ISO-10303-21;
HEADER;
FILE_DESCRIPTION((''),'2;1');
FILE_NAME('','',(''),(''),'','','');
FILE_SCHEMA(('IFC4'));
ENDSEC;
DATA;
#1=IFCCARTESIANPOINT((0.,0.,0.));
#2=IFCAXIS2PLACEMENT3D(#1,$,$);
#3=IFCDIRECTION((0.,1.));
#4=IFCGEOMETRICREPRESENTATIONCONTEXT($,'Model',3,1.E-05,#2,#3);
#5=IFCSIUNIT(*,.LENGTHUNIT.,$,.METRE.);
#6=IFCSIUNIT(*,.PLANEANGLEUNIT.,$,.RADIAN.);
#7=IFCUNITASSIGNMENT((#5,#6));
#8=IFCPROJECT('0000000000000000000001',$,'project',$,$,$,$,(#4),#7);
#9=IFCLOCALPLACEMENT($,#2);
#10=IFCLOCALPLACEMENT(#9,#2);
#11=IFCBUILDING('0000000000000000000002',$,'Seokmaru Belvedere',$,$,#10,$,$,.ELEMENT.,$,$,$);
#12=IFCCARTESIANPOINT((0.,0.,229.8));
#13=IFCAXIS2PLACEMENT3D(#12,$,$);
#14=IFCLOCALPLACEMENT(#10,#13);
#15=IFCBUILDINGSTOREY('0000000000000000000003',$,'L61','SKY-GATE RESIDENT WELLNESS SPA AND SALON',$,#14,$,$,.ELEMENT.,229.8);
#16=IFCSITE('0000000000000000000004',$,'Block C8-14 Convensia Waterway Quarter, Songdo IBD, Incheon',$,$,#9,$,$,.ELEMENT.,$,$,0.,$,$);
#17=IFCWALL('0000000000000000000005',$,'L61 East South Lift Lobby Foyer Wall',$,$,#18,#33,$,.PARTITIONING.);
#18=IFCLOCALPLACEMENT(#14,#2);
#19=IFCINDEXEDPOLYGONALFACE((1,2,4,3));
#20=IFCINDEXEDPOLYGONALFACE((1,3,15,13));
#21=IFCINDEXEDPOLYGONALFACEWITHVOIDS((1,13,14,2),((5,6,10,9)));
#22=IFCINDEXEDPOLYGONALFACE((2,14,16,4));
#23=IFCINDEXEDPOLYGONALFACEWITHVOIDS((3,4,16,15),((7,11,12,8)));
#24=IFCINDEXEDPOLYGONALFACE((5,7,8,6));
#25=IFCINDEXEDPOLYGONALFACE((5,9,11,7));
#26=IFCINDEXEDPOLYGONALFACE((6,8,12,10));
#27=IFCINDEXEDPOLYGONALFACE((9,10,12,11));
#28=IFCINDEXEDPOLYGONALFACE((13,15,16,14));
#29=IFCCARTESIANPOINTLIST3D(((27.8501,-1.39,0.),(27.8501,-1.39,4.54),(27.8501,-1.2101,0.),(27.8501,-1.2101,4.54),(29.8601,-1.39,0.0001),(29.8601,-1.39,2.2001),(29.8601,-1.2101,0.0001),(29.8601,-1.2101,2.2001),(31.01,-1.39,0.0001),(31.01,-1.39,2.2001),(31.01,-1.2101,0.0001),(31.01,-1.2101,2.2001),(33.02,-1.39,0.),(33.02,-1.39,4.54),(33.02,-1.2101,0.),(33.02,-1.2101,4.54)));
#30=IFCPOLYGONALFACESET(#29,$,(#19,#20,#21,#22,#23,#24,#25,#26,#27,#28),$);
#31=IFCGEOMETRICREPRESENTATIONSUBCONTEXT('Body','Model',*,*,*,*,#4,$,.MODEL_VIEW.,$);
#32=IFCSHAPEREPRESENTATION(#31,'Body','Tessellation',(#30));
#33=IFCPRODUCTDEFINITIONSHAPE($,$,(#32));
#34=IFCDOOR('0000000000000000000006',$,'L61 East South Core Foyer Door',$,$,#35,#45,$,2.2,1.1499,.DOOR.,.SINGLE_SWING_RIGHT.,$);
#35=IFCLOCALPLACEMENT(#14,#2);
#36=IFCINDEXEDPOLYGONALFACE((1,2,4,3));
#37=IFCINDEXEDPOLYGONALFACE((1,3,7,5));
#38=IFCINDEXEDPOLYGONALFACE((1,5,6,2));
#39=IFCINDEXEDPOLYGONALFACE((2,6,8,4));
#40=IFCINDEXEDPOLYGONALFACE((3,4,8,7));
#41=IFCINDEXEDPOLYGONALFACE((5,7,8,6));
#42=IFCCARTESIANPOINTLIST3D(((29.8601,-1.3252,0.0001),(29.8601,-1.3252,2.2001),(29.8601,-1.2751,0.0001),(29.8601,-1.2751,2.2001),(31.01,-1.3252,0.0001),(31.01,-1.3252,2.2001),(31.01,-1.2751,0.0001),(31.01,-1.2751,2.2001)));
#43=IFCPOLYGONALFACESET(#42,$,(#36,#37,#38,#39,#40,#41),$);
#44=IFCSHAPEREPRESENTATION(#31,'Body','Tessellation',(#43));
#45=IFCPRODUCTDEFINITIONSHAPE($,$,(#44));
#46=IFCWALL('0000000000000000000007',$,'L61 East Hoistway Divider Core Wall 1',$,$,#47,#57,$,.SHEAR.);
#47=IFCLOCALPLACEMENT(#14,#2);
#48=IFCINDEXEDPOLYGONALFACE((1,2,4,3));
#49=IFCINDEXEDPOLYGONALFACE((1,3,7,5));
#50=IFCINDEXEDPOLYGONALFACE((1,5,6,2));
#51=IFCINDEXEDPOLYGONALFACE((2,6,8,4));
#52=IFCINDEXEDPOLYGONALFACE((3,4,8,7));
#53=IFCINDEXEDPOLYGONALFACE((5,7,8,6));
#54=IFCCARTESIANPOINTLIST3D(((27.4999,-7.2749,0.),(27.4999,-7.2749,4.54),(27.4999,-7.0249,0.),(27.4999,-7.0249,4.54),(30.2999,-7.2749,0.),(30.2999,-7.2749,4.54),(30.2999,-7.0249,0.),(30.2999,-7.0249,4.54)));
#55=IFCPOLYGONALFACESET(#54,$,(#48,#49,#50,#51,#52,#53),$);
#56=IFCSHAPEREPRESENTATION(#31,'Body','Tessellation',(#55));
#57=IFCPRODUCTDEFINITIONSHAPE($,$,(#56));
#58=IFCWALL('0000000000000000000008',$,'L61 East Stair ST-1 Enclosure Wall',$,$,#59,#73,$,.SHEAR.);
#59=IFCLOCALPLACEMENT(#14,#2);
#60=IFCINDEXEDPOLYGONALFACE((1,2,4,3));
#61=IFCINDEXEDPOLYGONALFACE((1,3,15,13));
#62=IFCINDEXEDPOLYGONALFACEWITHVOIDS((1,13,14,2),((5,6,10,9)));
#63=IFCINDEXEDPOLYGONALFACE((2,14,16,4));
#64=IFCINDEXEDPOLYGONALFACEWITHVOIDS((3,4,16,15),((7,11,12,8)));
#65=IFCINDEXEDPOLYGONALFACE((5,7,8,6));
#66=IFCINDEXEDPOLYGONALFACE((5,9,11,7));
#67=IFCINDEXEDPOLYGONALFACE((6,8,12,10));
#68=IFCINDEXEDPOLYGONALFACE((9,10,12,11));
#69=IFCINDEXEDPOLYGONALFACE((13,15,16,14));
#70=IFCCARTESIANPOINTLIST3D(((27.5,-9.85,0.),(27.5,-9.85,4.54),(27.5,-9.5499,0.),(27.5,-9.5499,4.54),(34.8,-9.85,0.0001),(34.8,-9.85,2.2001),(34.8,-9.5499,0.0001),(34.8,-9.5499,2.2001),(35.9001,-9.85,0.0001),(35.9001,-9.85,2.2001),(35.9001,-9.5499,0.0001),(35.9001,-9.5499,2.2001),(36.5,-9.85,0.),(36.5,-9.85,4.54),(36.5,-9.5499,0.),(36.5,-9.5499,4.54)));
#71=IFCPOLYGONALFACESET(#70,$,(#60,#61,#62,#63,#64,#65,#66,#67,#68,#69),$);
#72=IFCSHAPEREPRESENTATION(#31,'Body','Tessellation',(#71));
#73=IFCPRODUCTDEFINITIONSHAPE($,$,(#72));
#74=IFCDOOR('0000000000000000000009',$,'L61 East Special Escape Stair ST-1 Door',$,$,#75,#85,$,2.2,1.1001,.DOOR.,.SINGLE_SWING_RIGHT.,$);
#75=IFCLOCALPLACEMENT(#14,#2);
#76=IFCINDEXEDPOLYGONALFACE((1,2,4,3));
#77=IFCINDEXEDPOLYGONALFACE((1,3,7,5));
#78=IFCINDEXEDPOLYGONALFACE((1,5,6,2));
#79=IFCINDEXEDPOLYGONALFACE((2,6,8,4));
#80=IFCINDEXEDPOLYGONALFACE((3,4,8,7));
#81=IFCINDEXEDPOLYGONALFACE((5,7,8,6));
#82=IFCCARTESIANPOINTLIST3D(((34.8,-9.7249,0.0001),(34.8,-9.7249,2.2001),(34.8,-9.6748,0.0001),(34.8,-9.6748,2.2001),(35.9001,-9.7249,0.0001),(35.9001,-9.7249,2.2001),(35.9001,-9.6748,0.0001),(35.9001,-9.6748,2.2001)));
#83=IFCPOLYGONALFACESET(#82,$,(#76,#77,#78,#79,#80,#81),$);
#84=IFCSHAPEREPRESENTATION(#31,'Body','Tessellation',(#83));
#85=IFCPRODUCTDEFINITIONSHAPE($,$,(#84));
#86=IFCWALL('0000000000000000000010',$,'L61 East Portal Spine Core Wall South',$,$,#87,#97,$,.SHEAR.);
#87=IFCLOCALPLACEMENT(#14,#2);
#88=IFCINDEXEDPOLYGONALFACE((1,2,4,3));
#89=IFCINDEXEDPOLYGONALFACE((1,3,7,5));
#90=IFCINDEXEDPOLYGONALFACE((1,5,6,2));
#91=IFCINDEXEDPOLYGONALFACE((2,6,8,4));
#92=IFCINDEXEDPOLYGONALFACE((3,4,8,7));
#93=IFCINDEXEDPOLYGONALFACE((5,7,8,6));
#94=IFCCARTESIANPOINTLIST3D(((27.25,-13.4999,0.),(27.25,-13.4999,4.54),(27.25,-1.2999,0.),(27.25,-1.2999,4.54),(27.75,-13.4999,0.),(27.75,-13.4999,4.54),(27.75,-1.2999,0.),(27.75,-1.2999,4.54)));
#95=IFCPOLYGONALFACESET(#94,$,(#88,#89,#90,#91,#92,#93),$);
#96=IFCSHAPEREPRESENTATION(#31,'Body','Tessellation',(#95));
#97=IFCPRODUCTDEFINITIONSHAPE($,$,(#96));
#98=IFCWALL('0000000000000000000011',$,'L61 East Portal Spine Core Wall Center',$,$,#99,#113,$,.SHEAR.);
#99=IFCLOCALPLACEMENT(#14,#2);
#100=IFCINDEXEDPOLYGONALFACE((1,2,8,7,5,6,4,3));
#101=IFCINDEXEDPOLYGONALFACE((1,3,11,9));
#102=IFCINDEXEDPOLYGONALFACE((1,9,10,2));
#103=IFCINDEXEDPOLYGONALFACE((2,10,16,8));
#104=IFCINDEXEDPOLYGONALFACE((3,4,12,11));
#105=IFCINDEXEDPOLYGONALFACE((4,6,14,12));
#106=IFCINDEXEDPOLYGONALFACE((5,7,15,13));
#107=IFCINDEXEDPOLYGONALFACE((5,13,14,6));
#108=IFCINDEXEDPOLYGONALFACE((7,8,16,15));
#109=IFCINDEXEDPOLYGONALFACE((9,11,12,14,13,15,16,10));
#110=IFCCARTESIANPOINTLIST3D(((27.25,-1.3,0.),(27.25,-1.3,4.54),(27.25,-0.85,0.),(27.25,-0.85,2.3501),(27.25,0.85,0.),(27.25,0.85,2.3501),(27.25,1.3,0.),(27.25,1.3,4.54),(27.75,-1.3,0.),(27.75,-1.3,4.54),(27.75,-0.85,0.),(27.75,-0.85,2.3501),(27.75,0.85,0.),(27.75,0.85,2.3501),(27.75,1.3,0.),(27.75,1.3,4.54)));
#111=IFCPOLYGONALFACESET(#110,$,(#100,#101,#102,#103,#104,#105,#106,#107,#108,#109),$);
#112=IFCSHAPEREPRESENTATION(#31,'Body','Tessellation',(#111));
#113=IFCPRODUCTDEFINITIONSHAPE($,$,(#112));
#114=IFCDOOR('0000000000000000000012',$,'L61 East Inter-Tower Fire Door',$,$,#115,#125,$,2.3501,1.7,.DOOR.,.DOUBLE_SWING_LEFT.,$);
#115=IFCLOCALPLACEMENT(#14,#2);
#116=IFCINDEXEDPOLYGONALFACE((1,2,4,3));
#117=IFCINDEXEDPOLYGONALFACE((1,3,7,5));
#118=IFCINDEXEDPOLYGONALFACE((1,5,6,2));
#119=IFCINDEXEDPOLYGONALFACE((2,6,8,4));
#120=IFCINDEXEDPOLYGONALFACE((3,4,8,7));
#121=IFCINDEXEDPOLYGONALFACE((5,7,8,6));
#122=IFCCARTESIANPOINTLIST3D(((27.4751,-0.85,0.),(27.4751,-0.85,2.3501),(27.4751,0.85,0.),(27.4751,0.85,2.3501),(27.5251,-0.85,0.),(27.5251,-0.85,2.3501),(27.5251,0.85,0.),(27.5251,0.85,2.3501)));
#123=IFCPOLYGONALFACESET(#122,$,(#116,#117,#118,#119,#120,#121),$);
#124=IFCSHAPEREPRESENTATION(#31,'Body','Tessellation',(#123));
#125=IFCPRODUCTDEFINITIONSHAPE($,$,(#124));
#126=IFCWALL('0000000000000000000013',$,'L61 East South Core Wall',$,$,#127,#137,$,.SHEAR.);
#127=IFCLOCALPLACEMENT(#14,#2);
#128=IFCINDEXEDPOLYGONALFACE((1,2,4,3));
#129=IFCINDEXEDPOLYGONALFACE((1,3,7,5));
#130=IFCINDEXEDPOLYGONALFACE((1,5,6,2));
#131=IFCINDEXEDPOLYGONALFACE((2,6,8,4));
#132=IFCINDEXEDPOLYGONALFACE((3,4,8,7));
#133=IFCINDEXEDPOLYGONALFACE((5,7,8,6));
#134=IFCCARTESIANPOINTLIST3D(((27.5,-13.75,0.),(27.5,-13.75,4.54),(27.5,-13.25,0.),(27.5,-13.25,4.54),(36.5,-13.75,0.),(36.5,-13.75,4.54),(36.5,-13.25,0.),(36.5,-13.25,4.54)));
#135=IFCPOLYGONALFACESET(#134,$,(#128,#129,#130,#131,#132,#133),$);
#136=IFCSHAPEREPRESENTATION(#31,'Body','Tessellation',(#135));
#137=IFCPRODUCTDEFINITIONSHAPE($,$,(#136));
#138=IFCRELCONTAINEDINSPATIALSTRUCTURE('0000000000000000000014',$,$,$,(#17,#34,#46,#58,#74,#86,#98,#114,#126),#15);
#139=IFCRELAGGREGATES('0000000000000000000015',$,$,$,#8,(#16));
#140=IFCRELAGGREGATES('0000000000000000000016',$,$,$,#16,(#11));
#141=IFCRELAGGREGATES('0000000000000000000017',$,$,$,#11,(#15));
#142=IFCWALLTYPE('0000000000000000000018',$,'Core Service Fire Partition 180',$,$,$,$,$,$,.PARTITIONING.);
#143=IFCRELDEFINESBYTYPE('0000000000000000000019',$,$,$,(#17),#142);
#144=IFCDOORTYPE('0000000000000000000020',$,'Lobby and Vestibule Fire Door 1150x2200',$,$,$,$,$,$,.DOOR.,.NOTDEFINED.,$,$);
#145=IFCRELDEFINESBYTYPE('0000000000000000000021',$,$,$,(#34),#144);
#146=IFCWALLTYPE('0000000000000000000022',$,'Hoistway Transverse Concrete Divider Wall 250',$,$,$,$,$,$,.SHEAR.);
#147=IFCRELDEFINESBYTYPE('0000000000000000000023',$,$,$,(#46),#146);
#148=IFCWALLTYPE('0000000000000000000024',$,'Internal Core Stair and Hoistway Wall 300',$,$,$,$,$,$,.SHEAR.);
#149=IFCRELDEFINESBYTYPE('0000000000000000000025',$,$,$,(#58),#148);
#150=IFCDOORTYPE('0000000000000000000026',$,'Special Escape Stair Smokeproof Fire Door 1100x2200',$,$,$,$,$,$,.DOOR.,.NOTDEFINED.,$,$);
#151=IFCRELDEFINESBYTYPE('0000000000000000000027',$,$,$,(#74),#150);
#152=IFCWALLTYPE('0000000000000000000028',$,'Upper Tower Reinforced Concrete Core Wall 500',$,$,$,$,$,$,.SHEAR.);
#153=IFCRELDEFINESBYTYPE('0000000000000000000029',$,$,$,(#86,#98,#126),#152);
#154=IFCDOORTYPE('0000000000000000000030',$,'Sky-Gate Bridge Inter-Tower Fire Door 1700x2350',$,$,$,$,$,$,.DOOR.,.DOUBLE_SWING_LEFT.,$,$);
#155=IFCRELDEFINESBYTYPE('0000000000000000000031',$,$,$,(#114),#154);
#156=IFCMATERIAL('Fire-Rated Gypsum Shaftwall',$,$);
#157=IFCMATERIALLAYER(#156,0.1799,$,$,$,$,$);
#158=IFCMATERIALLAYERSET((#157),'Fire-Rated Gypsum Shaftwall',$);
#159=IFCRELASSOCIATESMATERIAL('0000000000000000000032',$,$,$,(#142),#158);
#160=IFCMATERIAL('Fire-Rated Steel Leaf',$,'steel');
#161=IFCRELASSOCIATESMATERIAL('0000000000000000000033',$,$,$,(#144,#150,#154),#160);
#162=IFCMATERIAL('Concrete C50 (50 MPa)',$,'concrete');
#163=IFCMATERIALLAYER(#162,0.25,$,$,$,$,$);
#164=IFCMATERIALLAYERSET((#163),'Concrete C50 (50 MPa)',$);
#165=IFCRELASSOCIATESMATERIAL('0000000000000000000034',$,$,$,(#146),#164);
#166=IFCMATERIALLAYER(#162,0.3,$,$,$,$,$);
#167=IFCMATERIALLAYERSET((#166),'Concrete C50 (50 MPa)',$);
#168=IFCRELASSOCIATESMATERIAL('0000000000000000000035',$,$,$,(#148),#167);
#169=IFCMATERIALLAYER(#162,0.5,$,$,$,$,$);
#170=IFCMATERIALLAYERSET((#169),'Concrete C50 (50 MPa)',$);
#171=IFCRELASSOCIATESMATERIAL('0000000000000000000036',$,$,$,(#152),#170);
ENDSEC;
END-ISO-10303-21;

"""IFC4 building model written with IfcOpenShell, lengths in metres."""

from ifc_helpers import new_model, si_unit, direction, frame, frame_2d, origin, place, context, subcontext, project, spatial, rectangle, extrude, source, transform, mapped, material, layer, layer_set, type_object, type_shapes, element, fill, save


model = new_model("IFC4")

# Units and contexts
model_context = context("Model", 3, precision=1e-05, world=origin(), true_north=direction((0.0, 1.0)))
body_context = subcontext(model_context, "Body", "Model", "MODEL_VIEW")
ifc_project = project(units=[si_unit("LENGTHUNIT", "METRE"), si_unit("PLANEANGLEUNIT", "RADIAN")], contexts=[model_context])

# Site, building, storey
site_placement = place(None, origin())
site = spatial("IfcSite", under=ifc_project, at=site_placement, Name="Block C8-14 Convensia Waterway Quarter, Songdo IBD, Incheon", CompositionType="ELEMENT", RefElevation=0.0)
building_placement = place(site_placement, origin())
building = spatial("IfcBuilding", under=site, at=building_placement, Name="Seokmaru Belvedere", CompositionType="ELEMENT")
storey_placement = place(building_placement, frame((0.0, 0.0, 229.8)))
storey = spatial("IfcBuildingStorey", under=building, at=storey_placement, Name="L61", Description="SKY-GATE RESIDENT WELLNESS SPA AND SALON", CompositionType="ELEMENT", Elevation=229.8)

# Wall, opening, door
ifc_material_1 = material(Name="Fire-Rated Gypsum Shaftwall")
ifc_layer_1 = layer(ifc_material_1, 0.1799)
ifc_layer_set_1 = layer_set([ifc_layer_1], Name="Fire-Rated Gypsum Shaftwall")
wall_type_1 = type_object("IfcWallType", Name="Core Service Fire Partition 180", PredefinedType="PARTITIONING", material=ifc_layer_set_1)
wall_1_placement = place(storey_placement, frame((27.8501, -1.3, 0.0), z_axis=(0.0, 0.0, 1.0), x_axis=(1.0, 0.0, 0.0)))
wall_1 = element("IfcWall", 1, at=wall_1_placement, inside=storey, type_object=wall_type_1, Name="L61 East South Lift Lobby Foyer Wall", PredefinedType="PARTITIONING", context=body_context, shape_type="SweptSolid", body=[
    extrude(rectangle(XDim=5.1699, YDim=0.1799, at=frame_2d((2.585, 0.0))), origin(), (0.0, 0.0, 1.0), 4.54),
])
opening_1_placement = place(wall_1_placement, frame((2.01, 0.0, 0.0)))
opening_1 = element("IfcOpeningElement", 2, at=opening_1_placement, cuts=wall_1, PredefinedType="OPENING", context=body_context, shape_type="SweptSolid", body=[
    extrude(rectangle(XDim=1.1499, YDim=2.2, at=frame_2d((0.575, 1.1001))), frame((0.0, 0.1001, 0.0), z_axis=(0.0, -1.0, 0.0), x_axis=(1.0, 0.0, 0.0)), (0.0, 0.0, 1.0), 0.2),
])
ifc_material_2 = material(Name="Fire-Rated Steel Leaf", Category="steel")
door_type_1 = type_object("IfcDoorType", Name="Lobby and Vestibule Fire Door 1150x2200", OperationType="NOTDEFINED", PredefinedType="DOOR", material=ifc_material_2)
shared_shape_1 = source(origin(), body_context, "Body", "SweptSolid", [
    extrude(rectangle(XDim=1.1499, YDim=2.2, at=frame_2d((0.575, 1.1001))), frame((0.0, 0.0249, 0.0), z_axis=(0.0, -1.0, 0.0), x_axis=(1.0, 0.0, 0.0)), (0.0, 0.0, 1.0), 0.05),
])
type_shapes(door_type_1, [shared_shape_1])
door_1_placement = place(opening_1_placement, origin())
door_1 = element("IfcDoor", 3, at=door_1_placement, inside=storey, type_object=door_type_1, Name="L61 East South Core Foyer Door", OperationType="SINGLE_SWING_RIGHT", OverallHeight=2.2, OverallWidth=1.1499, PredefinedType="DOOR", context=body_context, shape_type="MappedRepresentation", body=[
    mapped(shared_shape_1, transform((0.0, 0.0, 0.0), scale=1.0)),
])
fill(opening_1, door_1)

# Wall
ifc_material_3 = material(Name="Concrete C50 (50 MPa)", Category="concrete")
ifc_layer_2 = layer(ifc_material_3, 0.25)
ifc_layer_set_2 = layer_set([ifc_layer_2], Name="Concrete C50 (50 MPa)")
wall_type_2 = type_object("IfcWallType", Name="Hoistway Transverse Concrete Divider Wall 250", PredefinedType="SHEAR", material=ifc_layer_set_2)
wall_2_placement = place(storey_placement, frame((27.5, -7.1499, 0.0), z_axis=(0.0, 0.0, 1.0), x_axis=(1.0, 0.0, 0.0)))
element("IfcWall", 4, at=wall_2_placement, inside=storey, type_object=wall_type_2, Name="L61 East Hoistway Divider Core Wall 1", PredefinedType="SHEAR", context=body_context, shape_type="SweptSolid", body=[
    extrude(rectangle(XDim=2.8, YDim=0.25, at=frame_2d((1.3999, 0.0))), origin(), (0.0, 0.0, 1.0), 4.54),
])

# Wall, opening, door
ifc_layer_3 = layer(ifc_material_3, 0.3)
ifc_layer_set_3 = layer_set([ifc_layer_3], Name="Concrete C50 (50 MPa)")
wall_type_3 = type_object("IfcWallType", Name="Internal Core Stair and Hoistway Wall 300", PredefinedType="SHEAR", material=ifc_layer_set_3)
wall_3_placement = place(storey_placement, frame((27.5, -9.7, 0.0), z_axis=(0.0, 0.0, 1.0), x_axis=(1.0, 0.0, 0.0)))
wall_3 = element("IfcWall", 5, at=wall_3_placement, inside=storey, type_object=wall_type_3, Name="L61 East Stair ST-1 Enclosure Wall", PredefinedType="SHEAR", context=body_context, shape_type="SweptSolid", body=[
    extrude(rectangle(XDim=9.0, YDim=0.3, at=frame_2d((4.5, 0.0))), origin(), (0.0, 0.0, 1.0), 4.54),
])
opening_2_placement = place(wall_3_placement, frame((7.3, 0.0, 0.0)))
opening_2 = element("IfcOpeningElement", 6, at=opening_2_placement, cuts=wall_3, PredefinedType="OPENING", context=body_context, shape_type="SweptSolid", body=[
    extrude(rectangle(XDim=1.1001, YDim=2.2, at=frame_2d((0.55, 1.1001))), frame((0.0, 0.1602, 0.0), z_axis=(0.0, -1.0, 0.0), x_axis=(1.0, 0.0, 0.0)), (0.0, 0.0, 1.0), 0.3201),
])
door_type_2 = type_object("IfcDoorType", Name="Special Escape Stair Smokeproof Fire Door 1100x2200", OperationType="NOTDEFINED", PredefinedType="DOOR", material=ifc_material_2)
shared_shape_2 = source(origin(), body_context, "Body", "SweptSolid", [
    extrude(rectangle(XDim=1.1001, YDim=2.2, at=frame_2d((0.55, 1.1001))), frame((0.0, 0.0249, 0.0), z_axis=(0.0, -1.0, 0.0), x_axis=(1.0, 0.0, 0.0)), (0.0, 0.0, 1.0), 0.05),
])
type_shapes(door_type_2, [shared_shape_2])
door_2_placement = place(opening_2_placement, frame((1.1001, 0.0, 0.0), z_axis=(0.0, 0.0, 1.0), x_axis=(-1.0, 0.0, 0.0)))
door_2 = element("IfcDoor", 7, at=door_2_placement, inside=storey, type_object=door_type_2, Name="L61 East Special Escape Stair ST-1 Door", OperationType="SINGLE_SWING_RIGHT", OverallHeight=2.2, OverallWidth=1.1001, PredefinedType="DOOR", context=body_context, shape_type="MappedRepresentation", body=[
    mapped(shared_shape_2, transform((0.0, 0.0, 0.0), scale=1.0)),
])
fill(opening_2, door_2)

# Wall
ifc_layer_4 = layer(ifc_material_3, 0.5)
ifc_layer_set_4 = layer_set([ifc_layer_4], Name="Concrete C50 (50 MPa)")
wall_type_4 = type_object("IfcWallType", Name="Upper Tower Reinforced Concrete Core Wall 500", PredefinedType="SHEAR", material=ifc_layer_set_4)
wall_4_placement = place(storey_placement, frame((27.5, -13.5, 0.0), z_axis=(0.0, 0.0, 1.0), x_axis=(0.0, 1.0, 0.0)))
element("IfcWall", 8, at=wall_4_placement, inside=storey, type_object=wall_type_4, Name="L61 East Portal Spine Core Wall South", PredefinedType="SHEAR", context=body_context, shape_type="SweptSolid", body=[
    extrude(rectangle(XDim=12.2, YDim=0.5, at=frame_2d((6.1001, 0.0))), origin(), (0.0, 0.0, 1.0), 4.54),
])

# Wall, opening, door
wall_5_placement = place(storey_placement, frame((27.5, -1.3, 0.0), z_axis=(0.0, 0.0, 1.0), x_axis=(0.0, 1.0, 0.0)))
wall_5 = element("IfcWall", 9, at=wall_5_placement, inside=storey, type_object=wall_type_4, Name="L61 East Portal Spine Core Wall Center", PredefinedType="SHEAR", context=body_context, shape_type="SweptSolid", body=[
    extrude(rectangle(XDim=2.6001, YDim=0.5, at=frame_2d((1.3, 0.0))), origin(), (0.0, 0.0, 1.0), 4.54),
])
opening_3_placement = place(wall_5_placement, frame((0.45, 0.0, 0.0)))
opening_3 = element("IfcOpeningElement", 10, at=opening_3_placement, cuts=wall_5, PredefinedType="OPENING", context=body_context, shape_type="SweptSolid", body=[
    extrude(rectangle(XDim=1.7, YDim=2.3501, at=frame_2d((0.8501, 1.175))), frame((0.0, 0.26, 0.0), z_axis=(0.0, -1.0, 0.0), x_axis=(1.0, 0.0, 0.0)), (0.0, 0.0, 1.0), 0.52),
])
door_type_3 = type_object("IfcDoorType", Name="Sky-Gate Bridge Inter-Tower Fire Door 1700x2350", OperationType="DOUBLE_SWING_LEFT", PredefinedType="DOOR", material=ifc_material_2)
shared_shape_3 = source(origin(), body_context, "Body", "SweptSolid", [
    extrude(rectangle(XDim=1.7, YDim=2.3501, at=frame_2d((0.8501, 1.175))), frame((0.0, 0.0249, 0.0), z_axis=(0.0, -1.0, 0.0), x_axis=(1.0, 0.0, 0.0)), (0.0, 0.0, 1.0), 0.05),
])
type_shapes(door_type_3, [shared_shape_3])
door_3_placement = place(opening_3_placement, origin())
door_3 = element("IfcDoor", 11, at=door_3_placement, inside=storey, type_object=door_type_3, Name="L61 East Inter-Tower Fire Door", OperationType="DOUBLE_SWING_LEFT", OverallHeight=2.3501, OverallWidth=1.7, PredefinedType="DOOR", context=body_context, shape_type="MappedRepresentation", body=[
    mapped(shared_shape_3, transform((0.0, 0.0, 0.0), scale=1.0)),
])
fill(opening_3, door_3)

# Wall
wall_6_placement = place(storey_placement, frame((27.5, -13.5, 0.0), z_axis=(0.0, 0.0, 1.0), x_axis=(1.0, 0.0, 0.0)))
element("IfcWall", 12, at=wall_6_placement, inside=storey, type_object=wall_type_4, Name="L61 East South Core Wall", PredefinedType="SHEAR", context=body_context, shape_type="SweptSolid", body=[
    extrude(rectangle(XDim=9.0, YDim=0.5, at=frame_2d((4.5, 0.0))), origin(), (0.0, 0.0, 1.0), 4.54),
])

save(model, "model.ifc")
